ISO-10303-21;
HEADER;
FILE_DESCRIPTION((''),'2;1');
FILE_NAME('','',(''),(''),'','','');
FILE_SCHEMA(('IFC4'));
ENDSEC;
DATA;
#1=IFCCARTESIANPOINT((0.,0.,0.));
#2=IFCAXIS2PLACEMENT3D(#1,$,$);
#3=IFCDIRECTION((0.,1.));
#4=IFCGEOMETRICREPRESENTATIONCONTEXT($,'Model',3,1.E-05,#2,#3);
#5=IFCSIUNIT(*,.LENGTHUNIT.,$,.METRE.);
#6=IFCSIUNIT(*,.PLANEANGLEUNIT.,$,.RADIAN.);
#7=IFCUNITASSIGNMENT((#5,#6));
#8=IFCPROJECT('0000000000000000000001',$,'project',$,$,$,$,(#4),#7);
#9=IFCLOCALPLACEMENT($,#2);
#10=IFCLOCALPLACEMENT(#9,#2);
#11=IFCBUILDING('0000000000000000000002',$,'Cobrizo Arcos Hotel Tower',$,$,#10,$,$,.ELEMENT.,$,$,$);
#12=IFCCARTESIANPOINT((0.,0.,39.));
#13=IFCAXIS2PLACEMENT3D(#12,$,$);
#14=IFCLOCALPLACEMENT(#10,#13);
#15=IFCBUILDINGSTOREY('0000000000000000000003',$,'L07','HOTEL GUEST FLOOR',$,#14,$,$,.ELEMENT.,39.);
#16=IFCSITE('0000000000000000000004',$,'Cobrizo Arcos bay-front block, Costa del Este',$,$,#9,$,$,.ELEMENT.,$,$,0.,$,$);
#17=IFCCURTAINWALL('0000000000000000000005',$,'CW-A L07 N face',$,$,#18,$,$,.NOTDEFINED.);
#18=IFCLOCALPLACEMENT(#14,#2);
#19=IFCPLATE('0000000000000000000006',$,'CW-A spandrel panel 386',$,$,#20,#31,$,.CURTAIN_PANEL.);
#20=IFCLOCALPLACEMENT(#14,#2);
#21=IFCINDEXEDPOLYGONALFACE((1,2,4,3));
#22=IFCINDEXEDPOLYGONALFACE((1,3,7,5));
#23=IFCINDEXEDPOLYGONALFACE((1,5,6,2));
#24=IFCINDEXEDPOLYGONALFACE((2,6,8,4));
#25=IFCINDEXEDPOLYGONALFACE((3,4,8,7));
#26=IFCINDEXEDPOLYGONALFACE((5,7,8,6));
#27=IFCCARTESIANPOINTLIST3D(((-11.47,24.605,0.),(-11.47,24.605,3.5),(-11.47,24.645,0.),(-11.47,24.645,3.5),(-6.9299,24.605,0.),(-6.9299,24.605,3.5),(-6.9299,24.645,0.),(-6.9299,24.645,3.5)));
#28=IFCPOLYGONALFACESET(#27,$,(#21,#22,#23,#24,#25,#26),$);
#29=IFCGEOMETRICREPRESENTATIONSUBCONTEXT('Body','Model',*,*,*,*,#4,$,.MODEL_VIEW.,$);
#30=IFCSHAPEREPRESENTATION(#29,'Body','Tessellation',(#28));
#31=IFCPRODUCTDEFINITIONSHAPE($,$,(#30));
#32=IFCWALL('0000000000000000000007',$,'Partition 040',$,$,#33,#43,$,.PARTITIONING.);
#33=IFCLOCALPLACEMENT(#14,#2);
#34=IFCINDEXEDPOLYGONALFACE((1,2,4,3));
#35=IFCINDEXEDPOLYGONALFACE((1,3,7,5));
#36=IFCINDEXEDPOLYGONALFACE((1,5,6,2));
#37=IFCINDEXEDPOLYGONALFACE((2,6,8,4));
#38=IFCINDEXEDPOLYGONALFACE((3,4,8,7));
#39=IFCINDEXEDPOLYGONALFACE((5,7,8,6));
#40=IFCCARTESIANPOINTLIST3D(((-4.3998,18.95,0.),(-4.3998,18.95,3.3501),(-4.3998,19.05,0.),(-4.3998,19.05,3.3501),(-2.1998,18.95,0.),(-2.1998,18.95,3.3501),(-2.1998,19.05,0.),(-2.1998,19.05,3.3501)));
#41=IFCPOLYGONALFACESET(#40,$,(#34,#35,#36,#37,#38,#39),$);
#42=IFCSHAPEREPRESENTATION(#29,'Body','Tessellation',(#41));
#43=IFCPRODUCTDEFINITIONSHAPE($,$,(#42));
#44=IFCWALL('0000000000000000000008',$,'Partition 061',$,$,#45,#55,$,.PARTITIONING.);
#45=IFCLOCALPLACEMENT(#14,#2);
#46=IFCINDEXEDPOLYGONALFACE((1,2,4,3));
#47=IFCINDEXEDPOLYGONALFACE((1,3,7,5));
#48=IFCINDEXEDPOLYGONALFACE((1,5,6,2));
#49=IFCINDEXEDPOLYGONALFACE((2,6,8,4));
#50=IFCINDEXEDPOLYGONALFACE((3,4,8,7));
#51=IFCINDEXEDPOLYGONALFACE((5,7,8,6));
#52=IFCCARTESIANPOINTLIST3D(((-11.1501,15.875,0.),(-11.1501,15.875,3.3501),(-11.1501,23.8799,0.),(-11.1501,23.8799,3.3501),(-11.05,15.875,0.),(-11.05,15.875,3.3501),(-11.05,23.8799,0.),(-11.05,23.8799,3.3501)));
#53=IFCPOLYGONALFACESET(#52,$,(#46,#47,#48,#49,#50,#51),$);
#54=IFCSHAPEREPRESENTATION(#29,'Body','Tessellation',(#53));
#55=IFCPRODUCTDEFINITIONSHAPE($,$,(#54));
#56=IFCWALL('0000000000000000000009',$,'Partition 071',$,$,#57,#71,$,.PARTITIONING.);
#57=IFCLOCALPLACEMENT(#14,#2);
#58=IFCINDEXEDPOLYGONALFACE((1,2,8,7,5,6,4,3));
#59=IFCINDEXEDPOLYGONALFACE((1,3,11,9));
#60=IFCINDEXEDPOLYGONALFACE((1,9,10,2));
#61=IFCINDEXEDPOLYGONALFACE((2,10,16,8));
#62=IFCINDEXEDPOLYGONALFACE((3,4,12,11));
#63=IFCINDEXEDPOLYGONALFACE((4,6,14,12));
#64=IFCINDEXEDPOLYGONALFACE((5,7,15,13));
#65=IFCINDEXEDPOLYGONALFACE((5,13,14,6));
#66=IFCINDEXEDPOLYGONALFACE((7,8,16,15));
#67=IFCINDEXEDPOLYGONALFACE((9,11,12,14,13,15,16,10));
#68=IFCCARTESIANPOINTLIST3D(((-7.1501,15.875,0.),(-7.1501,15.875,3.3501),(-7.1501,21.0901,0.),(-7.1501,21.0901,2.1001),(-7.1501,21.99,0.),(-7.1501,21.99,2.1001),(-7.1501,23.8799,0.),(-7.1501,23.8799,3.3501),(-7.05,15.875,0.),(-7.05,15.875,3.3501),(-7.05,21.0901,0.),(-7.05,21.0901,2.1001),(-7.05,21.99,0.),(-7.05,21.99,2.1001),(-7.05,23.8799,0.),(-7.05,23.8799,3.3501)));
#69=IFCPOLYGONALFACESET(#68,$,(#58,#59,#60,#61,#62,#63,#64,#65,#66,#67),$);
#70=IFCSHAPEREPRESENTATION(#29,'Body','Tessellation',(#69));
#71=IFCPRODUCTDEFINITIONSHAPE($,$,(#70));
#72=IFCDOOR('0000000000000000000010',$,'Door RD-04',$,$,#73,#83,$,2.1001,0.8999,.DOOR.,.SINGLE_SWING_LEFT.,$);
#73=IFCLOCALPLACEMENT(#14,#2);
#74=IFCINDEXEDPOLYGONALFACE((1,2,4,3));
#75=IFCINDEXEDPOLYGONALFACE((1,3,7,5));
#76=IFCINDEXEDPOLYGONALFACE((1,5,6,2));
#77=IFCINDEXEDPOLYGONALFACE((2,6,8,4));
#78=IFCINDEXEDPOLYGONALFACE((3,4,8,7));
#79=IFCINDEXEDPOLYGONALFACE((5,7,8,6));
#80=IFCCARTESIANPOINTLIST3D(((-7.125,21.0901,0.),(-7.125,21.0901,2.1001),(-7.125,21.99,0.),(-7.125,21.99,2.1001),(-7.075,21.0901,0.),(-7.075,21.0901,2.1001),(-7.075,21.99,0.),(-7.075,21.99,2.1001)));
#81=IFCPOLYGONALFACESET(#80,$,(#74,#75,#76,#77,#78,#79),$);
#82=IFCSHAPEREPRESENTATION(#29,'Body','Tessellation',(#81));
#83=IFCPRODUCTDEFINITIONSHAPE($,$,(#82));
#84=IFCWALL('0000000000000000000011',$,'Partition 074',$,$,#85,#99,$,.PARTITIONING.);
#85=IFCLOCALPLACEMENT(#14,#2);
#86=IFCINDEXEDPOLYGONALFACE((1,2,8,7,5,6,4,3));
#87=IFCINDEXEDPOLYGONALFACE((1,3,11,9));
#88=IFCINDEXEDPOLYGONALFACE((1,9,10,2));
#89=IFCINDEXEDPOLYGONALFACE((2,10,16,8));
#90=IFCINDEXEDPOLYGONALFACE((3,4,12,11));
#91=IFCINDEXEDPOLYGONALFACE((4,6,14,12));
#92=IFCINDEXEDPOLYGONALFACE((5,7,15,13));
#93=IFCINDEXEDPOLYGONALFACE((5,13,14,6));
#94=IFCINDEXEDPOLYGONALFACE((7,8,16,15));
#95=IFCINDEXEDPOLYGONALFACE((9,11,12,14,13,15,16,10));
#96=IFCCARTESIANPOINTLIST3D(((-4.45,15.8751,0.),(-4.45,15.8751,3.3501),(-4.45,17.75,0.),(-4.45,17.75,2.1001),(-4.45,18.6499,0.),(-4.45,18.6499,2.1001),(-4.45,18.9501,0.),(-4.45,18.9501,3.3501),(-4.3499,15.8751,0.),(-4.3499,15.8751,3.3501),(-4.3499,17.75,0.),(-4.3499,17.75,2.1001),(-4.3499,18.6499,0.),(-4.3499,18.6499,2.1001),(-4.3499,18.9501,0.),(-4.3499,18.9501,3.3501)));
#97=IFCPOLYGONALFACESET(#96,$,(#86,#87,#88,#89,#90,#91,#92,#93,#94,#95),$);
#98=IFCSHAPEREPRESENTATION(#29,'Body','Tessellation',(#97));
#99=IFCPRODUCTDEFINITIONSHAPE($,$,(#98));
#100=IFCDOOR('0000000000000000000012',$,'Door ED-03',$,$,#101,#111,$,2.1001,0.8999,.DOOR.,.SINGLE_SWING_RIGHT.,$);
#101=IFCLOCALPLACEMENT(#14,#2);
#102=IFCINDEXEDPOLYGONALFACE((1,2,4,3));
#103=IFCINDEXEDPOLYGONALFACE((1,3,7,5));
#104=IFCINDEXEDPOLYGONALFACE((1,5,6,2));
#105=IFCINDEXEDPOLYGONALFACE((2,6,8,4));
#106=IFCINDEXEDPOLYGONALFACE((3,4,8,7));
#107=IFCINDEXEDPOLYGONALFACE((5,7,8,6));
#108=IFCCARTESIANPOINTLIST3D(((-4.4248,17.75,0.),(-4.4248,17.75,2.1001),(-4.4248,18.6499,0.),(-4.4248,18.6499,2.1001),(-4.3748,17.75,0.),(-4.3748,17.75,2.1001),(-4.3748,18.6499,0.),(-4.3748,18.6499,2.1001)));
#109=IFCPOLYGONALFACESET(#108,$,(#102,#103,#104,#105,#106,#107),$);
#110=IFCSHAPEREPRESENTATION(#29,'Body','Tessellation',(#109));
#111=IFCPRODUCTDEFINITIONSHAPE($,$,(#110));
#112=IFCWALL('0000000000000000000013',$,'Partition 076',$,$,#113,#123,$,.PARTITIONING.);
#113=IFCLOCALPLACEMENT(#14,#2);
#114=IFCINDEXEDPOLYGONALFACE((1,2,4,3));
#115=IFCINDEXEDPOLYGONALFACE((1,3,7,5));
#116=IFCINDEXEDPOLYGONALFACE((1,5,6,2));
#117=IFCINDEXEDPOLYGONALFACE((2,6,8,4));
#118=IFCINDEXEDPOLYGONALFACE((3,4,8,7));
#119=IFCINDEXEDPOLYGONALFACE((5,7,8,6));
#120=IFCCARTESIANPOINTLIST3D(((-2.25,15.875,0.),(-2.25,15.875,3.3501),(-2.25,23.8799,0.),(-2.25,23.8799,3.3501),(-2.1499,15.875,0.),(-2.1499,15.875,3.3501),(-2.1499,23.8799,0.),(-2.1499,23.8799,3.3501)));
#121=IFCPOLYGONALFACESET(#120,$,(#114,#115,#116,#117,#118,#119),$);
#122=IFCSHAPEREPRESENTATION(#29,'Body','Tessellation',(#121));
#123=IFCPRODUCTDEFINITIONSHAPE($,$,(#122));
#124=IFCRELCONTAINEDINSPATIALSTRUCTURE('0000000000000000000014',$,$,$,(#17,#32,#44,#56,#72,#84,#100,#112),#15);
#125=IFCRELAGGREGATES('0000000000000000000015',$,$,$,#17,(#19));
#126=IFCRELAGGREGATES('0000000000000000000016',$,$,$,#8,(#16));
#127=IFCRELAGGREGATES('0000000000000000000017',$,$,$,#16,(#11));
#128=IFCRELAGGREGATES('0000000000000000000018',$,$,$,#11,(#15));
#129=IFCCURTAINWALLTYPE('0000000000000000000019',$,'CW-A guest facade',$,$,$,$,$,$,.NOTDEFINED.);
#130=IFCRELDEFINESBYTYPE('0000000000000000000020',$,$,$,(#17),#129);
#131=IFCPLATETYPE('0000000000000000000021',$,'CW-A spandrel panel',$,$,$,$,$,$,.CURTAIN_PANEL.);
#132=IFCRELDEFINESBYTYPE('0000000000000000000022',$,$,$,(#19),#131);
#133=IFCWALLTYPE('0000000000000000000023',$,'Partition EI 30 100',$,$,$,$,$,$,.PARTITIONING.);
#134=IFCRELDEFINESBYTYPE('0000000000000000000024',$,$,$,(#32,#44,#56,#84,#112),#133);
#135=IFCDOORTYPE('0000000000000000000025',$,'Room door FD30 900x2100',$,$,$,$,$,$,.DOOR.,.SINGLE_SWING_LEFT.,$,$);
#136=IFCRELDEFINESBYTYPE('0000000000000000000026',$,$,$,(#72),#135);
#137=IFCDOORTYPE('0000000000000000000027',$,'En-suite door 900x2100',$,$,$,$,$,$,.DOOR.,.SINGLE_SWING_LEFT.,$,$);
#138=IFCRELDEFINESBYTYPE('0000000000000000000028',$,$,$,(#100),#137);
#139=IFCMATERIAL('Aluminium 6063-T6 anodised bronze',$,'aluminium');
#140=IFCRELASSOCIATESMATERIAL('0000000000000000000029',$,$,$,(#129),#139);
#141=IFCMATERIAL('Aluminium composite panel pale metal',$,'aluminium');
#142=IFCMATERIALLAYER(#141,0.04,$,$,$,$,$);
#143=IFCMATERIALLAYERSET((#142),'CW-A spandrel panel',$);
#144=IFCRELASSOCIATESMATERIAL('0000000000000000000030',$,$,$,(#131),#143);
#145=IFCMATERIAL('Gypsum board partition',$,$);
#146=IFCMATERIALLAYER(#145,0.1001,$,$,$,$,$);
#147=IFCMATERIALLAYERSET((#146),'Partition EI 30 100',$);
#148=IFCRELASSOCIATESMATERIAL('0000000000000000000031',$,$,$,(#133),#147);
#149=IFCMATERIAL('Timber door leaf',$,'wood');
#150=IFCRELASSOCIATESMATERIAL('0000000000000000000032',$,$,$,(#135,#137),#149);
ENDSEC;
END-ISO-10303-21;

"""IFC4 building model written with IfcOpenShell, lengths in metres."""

from ifc_helpers import new_model, si_unit, direction, frame, frame_2d, origin, origin_2d, place, context, subcontext, project, spatial, rectangle, extrude, material, layer, layer_set, type_object, element, fill, aggregate, save


model = new_model("IFC4")

# Units and contexts
model_context = context("Model", 3, precision=1e-05, world=origin(), true_north=direction((0.0, 1.0)))
body_context = subcontext(model_context, "Body", "Model", "MODEL_VIEW")
ifc_project = project(units=[si_unit("LENGTHUNIT", "METRE"), si_unit("PLANEANGLEUNIT", "RADIAN")], contexts=[model_context])

# Site, building, storey
site_placement = place(None, origin())
site = spatial("IfcSite", under=ifc_project, at=site_placement, Name="Cobrizo Arcos bay-front block, Costa del Este", CompositionType="ELEMENT", RefElevation=0.0)
building_placement = place(site_placement, origin())
building = spatial("IfcBuilding", under=site, at=building_placement, Name="Cobrizo Arcos Hotel Tower", CompositionType="ELEMENT")
storey_placement = place(building_placement, frame((0.0, 0.0, 39.0)))
storey = spatial("IfcBuildingStorey", under=building, at=storey_placement, Name="L07", Description="HOTEL GUEST FLOOR", CompositionType="ELEMENT", Elevation=39.0)

# Curtain wall
ifc_material_1 = material(Name="Aluminium 6063-T6 anodised bronze", Category="aluminium")
curtain_wall_type = type_object("IfcCurtainWallType", Name="CW-A guest facade", PredefinedType="NOTDEFINED", material=ifc_material_1)
curtain_wall_placement = place(storey_placement, origin())
curtain_wall = element("IfcCurtainWall", 1, at=curtain_wall_placement, inside=storey, type_object=curtain_wall_type, Name="CW-A L07 N face", PredefinedType="NOTDEFINED")

# Plate
ifc_material_2 = material(Name="Aluminium composite panel pale metal", Category="aluminium")
ifc_layer_1 = layer(ifc_material_2, 0.04)
ifc_layer_set_1 = layer_set([ifc_layer_1], Name="CW-A spandrel panel")
plate_type = type_object("IfcPlateType", Name="CW-A spandrel panel", PredefinedType="CURTAIN_PANEL", material=ifc_layer_set_1)
plate_1_placement = place(storey_placement, frame((-9.2, 24.625, 0.0), z_axis=(0.0, 0.0, 1.0), x_axis=(-1.0, 0.0, 0.0)))
plate_1 = element("IfcPlate", 2, at=plate_1_placement, type_object=plate_type, Name="CW-A spandrel panel 386", PredefinedType="CURTAIN_PANEL", context=body_context, shape_type="SweptSolid", body=[
    extrude(rectangle(XDim=4.54, YDim=0.04, at=origin_2d()), origin(), (0.0, 0.0, 1.0), 3.5),
])
aggregate(curtain_wall, [plate_1])

# Walls
ifc_material_3 = material(Name="Gypsum board partition")
ifc_layer_2 = layer(ifc_material_3, 0.1001)
ifc_layer_set_2 = layer_set([ifc_layer_2], Name="Partition EI 30 100")
wall_type = type_object("IfcWallType", Name="Partition EI 30 100", PredefinedType="PARTITIONING", material=ifc_layer_set_2)
wall_1_placement = place(storey_placement, frame((-4.3999, 19.0, 0.0), z_axis=(0.0, 0.0, 1.0), x_axis=(1.0, 0.0, 0.0)))
element("IfcWall", 3, at=wall_1_placement, inside=storey, type_object=wall_type, Name="Partition 040", PredefinedType="PARTITIONING", context=body_context, shape_type="SweptSolid", body=[
    extrude(rectangle(XDim=2.2, YDim=0.1001, at=frame_2d((1.1001, 0.0))), origin(), (0.0, 0.0, 1.0), 3.3501),
])
wall_2_placement = place(storey_placement, frame((-11.1001, 15.875, 0.0), z_axis=(0.0, 0.0, 1.0), x_axis=(0.0, 1.0, 0.0)))
element("IfcWall", 4, at=wall_2_placement, inside=storey, type_object=wall_type, Name="Partition 061", PredefinedType="PARTITIONING", context=body_context, shape_type="SweptSolid", body=[
    extrude(rectangle(XDim=8.0049, YDim=0.1001, at=frame_2d((4.0024, 0.0))), origin(), (0.0, 0.0, 1.0), 3.3501),
])

# Walls, openings, doors
wall_3_placement = place(storey_placement, frame((-7.1001, 15.875, 0.0), z_axis=(0.0, 0.0, 1.0), x_axis=(0.0, 1.0, 0.0)))
wall_3 = element("IfcWall", 5, at=wall_3_placement, inside=storey, type_object=wall_type, Name="Partition 071", PredefinedType="PARTITIONING", context=body_context, shape_type="SweptSolid", body=[
    extrude(rectangle(XDim=8.0049, YDim=0.1001, at=frame_2d((4.0024, 0.0))), origin(), (0.0, 0.0, 1.0), 3.3501),
])
opening_1_placement = place(wall_3_placement, frame((5.2151, 0.0, 0.0)))
opening_1 = element("IfcOpeningElement", 6, at=opening_1_placement, cuts=wall_3, PredefinedType="OPENING", context=body_context, shape_type="SweptSolid", body=[
    extrude(rectangle(XDim=0.8999, YDim=2.1001, at=frame_2d((0.45, 1.05))), frame((0.0, 0.062, 0.0), z_axis=(0.0, -1.0, 0.0), x_axis=(1.0, 0.0, 0.0)), (0.0, 0.0, 1.0), 0.124),
])
ifc_material_4 = material(Name="Timber door leaf", Category="wood")
door_type_1 = type_object("IfcDoorType", Name="Room door FD30 900x2100", OperationType="SINGLE_SWING_LEFT", PredefinedType="DOOR", material=ifc_material_4)
door_1_placement = place(opening_1_placement, origin())
door_1 = element("IfcDoor", 7, at=door_1_placement, inside=storey, type_object=door_type_1, Name="Door RD-04", OperationType="SINGLE_SWING_LEFT", OverallHeight=2.1001, OverallWidth=0.8999, PredefinedType="DOOR", context=body_context, shape_type="SweptSolid", body=[
    extrude(rectangle(XDim=0.8999, YDim=2.1001, at=frame_2d((0.45, 1.05))), frame((0.0, 0.0249, 0.0), z_axis=(0.0, -1.0, 0.0), x_axis=(1.0, 0.0, 0.0)), (0.0, 0.0, 1.0), 0.05),
])
fill(opening_1, door_1)
wall_4_placement = place(storey_placement, frame((-4.3999, 15.875, 0.0), z_axis=(0.0, 0.0, 1.0), x_axis=(0.0, 1.0, 0.0)))
wall_4 = element("IfcWall", 8, at=wall_4_placement, inside=storey, type_object=wall_type, Name="Partition 074", PredefinedType="PARTITIONING", context=body_context, shape_type="SweptSolid", body=[
    extrude(rectangle(XDim=3.075, YDim=0.1001, at=frame_2d((1.5376, 0.0))), origin(), (0.0, 0.0, 1.0), 3.3501),
])
opening_2_placement = place(wall_4_placement, frame((1.875, 0.0, 0.0)))
opening_2 = element("IfcOpeningElement", 9, at=opening_2_placement, cuts=wall_4, PredefinedType="OPENING", context=body_context, shape_type="SweptSolid", body=[
    extrude(rectangle(XDim=0.8999, YDim=2.1001, at=frame_2d((0.45, 1.05))), frame((0.0, 0.062, 0.0), z_axis=(0.0, -1.0, 0.0), x_axis=(1.0, 0.0, 0.0)), (0.0, 0.0, 1.0), 0.124),
])
door_type_2 = type_object("IfcDoorType", Name="En-suite door 900x2100", OperationType="SINGLE_SWING_LEFT", PredefinedType="DOOR", material=ifc_material_4)
door_2_placement = place(opening_2_placement, origin())
door_2 = element("IfcDoor", 10, at=door_2_placement, inside=storey, type_object=door_type_2, Name="Door ED-03", OperationType="SINGLE_SWING_RIGHT", OverallHeight=2.1001, OverallWidth=0.8999, PredefinedType="DOOR", context=body_context, shape_type="SweptSolid", body=[
    extrude(rectangle(XDim=0.8999, YDim=2.1001, at=frame_2d((0.45, 1.05))), frame((0.0, 0.0249, 0.0), z_axis=(0.0, -1.0, 0.0), x_axis=(1.0, 0.0, 0.0)), (0.0, 0.0, 1.0), 0.05),
])
fill(opening_2, door_2)

# Wall
wall_5_placement = place(storey_placement, frame((-2.2, 15.875, 0.0), z_axis=(0.0, 0.0, 1.0), x_axis=(0.0, 1.0, 0.0)))
element("IfcWall", 11, at=wall_5_placement, inside=storey, type_object=wall_type, Name="Partition 076", PredefinedType="PARTITIONING", context=body_context, shape_type="SweptSolid", body=[
    extrude(rectangle(XDim=8.0049, YDim=0.1001, at=frame_2d((4.0024, 0.0))), origin(), (0.0, 0.0, 1.0), 3.3501),
])

save(model, "model.ifc")
